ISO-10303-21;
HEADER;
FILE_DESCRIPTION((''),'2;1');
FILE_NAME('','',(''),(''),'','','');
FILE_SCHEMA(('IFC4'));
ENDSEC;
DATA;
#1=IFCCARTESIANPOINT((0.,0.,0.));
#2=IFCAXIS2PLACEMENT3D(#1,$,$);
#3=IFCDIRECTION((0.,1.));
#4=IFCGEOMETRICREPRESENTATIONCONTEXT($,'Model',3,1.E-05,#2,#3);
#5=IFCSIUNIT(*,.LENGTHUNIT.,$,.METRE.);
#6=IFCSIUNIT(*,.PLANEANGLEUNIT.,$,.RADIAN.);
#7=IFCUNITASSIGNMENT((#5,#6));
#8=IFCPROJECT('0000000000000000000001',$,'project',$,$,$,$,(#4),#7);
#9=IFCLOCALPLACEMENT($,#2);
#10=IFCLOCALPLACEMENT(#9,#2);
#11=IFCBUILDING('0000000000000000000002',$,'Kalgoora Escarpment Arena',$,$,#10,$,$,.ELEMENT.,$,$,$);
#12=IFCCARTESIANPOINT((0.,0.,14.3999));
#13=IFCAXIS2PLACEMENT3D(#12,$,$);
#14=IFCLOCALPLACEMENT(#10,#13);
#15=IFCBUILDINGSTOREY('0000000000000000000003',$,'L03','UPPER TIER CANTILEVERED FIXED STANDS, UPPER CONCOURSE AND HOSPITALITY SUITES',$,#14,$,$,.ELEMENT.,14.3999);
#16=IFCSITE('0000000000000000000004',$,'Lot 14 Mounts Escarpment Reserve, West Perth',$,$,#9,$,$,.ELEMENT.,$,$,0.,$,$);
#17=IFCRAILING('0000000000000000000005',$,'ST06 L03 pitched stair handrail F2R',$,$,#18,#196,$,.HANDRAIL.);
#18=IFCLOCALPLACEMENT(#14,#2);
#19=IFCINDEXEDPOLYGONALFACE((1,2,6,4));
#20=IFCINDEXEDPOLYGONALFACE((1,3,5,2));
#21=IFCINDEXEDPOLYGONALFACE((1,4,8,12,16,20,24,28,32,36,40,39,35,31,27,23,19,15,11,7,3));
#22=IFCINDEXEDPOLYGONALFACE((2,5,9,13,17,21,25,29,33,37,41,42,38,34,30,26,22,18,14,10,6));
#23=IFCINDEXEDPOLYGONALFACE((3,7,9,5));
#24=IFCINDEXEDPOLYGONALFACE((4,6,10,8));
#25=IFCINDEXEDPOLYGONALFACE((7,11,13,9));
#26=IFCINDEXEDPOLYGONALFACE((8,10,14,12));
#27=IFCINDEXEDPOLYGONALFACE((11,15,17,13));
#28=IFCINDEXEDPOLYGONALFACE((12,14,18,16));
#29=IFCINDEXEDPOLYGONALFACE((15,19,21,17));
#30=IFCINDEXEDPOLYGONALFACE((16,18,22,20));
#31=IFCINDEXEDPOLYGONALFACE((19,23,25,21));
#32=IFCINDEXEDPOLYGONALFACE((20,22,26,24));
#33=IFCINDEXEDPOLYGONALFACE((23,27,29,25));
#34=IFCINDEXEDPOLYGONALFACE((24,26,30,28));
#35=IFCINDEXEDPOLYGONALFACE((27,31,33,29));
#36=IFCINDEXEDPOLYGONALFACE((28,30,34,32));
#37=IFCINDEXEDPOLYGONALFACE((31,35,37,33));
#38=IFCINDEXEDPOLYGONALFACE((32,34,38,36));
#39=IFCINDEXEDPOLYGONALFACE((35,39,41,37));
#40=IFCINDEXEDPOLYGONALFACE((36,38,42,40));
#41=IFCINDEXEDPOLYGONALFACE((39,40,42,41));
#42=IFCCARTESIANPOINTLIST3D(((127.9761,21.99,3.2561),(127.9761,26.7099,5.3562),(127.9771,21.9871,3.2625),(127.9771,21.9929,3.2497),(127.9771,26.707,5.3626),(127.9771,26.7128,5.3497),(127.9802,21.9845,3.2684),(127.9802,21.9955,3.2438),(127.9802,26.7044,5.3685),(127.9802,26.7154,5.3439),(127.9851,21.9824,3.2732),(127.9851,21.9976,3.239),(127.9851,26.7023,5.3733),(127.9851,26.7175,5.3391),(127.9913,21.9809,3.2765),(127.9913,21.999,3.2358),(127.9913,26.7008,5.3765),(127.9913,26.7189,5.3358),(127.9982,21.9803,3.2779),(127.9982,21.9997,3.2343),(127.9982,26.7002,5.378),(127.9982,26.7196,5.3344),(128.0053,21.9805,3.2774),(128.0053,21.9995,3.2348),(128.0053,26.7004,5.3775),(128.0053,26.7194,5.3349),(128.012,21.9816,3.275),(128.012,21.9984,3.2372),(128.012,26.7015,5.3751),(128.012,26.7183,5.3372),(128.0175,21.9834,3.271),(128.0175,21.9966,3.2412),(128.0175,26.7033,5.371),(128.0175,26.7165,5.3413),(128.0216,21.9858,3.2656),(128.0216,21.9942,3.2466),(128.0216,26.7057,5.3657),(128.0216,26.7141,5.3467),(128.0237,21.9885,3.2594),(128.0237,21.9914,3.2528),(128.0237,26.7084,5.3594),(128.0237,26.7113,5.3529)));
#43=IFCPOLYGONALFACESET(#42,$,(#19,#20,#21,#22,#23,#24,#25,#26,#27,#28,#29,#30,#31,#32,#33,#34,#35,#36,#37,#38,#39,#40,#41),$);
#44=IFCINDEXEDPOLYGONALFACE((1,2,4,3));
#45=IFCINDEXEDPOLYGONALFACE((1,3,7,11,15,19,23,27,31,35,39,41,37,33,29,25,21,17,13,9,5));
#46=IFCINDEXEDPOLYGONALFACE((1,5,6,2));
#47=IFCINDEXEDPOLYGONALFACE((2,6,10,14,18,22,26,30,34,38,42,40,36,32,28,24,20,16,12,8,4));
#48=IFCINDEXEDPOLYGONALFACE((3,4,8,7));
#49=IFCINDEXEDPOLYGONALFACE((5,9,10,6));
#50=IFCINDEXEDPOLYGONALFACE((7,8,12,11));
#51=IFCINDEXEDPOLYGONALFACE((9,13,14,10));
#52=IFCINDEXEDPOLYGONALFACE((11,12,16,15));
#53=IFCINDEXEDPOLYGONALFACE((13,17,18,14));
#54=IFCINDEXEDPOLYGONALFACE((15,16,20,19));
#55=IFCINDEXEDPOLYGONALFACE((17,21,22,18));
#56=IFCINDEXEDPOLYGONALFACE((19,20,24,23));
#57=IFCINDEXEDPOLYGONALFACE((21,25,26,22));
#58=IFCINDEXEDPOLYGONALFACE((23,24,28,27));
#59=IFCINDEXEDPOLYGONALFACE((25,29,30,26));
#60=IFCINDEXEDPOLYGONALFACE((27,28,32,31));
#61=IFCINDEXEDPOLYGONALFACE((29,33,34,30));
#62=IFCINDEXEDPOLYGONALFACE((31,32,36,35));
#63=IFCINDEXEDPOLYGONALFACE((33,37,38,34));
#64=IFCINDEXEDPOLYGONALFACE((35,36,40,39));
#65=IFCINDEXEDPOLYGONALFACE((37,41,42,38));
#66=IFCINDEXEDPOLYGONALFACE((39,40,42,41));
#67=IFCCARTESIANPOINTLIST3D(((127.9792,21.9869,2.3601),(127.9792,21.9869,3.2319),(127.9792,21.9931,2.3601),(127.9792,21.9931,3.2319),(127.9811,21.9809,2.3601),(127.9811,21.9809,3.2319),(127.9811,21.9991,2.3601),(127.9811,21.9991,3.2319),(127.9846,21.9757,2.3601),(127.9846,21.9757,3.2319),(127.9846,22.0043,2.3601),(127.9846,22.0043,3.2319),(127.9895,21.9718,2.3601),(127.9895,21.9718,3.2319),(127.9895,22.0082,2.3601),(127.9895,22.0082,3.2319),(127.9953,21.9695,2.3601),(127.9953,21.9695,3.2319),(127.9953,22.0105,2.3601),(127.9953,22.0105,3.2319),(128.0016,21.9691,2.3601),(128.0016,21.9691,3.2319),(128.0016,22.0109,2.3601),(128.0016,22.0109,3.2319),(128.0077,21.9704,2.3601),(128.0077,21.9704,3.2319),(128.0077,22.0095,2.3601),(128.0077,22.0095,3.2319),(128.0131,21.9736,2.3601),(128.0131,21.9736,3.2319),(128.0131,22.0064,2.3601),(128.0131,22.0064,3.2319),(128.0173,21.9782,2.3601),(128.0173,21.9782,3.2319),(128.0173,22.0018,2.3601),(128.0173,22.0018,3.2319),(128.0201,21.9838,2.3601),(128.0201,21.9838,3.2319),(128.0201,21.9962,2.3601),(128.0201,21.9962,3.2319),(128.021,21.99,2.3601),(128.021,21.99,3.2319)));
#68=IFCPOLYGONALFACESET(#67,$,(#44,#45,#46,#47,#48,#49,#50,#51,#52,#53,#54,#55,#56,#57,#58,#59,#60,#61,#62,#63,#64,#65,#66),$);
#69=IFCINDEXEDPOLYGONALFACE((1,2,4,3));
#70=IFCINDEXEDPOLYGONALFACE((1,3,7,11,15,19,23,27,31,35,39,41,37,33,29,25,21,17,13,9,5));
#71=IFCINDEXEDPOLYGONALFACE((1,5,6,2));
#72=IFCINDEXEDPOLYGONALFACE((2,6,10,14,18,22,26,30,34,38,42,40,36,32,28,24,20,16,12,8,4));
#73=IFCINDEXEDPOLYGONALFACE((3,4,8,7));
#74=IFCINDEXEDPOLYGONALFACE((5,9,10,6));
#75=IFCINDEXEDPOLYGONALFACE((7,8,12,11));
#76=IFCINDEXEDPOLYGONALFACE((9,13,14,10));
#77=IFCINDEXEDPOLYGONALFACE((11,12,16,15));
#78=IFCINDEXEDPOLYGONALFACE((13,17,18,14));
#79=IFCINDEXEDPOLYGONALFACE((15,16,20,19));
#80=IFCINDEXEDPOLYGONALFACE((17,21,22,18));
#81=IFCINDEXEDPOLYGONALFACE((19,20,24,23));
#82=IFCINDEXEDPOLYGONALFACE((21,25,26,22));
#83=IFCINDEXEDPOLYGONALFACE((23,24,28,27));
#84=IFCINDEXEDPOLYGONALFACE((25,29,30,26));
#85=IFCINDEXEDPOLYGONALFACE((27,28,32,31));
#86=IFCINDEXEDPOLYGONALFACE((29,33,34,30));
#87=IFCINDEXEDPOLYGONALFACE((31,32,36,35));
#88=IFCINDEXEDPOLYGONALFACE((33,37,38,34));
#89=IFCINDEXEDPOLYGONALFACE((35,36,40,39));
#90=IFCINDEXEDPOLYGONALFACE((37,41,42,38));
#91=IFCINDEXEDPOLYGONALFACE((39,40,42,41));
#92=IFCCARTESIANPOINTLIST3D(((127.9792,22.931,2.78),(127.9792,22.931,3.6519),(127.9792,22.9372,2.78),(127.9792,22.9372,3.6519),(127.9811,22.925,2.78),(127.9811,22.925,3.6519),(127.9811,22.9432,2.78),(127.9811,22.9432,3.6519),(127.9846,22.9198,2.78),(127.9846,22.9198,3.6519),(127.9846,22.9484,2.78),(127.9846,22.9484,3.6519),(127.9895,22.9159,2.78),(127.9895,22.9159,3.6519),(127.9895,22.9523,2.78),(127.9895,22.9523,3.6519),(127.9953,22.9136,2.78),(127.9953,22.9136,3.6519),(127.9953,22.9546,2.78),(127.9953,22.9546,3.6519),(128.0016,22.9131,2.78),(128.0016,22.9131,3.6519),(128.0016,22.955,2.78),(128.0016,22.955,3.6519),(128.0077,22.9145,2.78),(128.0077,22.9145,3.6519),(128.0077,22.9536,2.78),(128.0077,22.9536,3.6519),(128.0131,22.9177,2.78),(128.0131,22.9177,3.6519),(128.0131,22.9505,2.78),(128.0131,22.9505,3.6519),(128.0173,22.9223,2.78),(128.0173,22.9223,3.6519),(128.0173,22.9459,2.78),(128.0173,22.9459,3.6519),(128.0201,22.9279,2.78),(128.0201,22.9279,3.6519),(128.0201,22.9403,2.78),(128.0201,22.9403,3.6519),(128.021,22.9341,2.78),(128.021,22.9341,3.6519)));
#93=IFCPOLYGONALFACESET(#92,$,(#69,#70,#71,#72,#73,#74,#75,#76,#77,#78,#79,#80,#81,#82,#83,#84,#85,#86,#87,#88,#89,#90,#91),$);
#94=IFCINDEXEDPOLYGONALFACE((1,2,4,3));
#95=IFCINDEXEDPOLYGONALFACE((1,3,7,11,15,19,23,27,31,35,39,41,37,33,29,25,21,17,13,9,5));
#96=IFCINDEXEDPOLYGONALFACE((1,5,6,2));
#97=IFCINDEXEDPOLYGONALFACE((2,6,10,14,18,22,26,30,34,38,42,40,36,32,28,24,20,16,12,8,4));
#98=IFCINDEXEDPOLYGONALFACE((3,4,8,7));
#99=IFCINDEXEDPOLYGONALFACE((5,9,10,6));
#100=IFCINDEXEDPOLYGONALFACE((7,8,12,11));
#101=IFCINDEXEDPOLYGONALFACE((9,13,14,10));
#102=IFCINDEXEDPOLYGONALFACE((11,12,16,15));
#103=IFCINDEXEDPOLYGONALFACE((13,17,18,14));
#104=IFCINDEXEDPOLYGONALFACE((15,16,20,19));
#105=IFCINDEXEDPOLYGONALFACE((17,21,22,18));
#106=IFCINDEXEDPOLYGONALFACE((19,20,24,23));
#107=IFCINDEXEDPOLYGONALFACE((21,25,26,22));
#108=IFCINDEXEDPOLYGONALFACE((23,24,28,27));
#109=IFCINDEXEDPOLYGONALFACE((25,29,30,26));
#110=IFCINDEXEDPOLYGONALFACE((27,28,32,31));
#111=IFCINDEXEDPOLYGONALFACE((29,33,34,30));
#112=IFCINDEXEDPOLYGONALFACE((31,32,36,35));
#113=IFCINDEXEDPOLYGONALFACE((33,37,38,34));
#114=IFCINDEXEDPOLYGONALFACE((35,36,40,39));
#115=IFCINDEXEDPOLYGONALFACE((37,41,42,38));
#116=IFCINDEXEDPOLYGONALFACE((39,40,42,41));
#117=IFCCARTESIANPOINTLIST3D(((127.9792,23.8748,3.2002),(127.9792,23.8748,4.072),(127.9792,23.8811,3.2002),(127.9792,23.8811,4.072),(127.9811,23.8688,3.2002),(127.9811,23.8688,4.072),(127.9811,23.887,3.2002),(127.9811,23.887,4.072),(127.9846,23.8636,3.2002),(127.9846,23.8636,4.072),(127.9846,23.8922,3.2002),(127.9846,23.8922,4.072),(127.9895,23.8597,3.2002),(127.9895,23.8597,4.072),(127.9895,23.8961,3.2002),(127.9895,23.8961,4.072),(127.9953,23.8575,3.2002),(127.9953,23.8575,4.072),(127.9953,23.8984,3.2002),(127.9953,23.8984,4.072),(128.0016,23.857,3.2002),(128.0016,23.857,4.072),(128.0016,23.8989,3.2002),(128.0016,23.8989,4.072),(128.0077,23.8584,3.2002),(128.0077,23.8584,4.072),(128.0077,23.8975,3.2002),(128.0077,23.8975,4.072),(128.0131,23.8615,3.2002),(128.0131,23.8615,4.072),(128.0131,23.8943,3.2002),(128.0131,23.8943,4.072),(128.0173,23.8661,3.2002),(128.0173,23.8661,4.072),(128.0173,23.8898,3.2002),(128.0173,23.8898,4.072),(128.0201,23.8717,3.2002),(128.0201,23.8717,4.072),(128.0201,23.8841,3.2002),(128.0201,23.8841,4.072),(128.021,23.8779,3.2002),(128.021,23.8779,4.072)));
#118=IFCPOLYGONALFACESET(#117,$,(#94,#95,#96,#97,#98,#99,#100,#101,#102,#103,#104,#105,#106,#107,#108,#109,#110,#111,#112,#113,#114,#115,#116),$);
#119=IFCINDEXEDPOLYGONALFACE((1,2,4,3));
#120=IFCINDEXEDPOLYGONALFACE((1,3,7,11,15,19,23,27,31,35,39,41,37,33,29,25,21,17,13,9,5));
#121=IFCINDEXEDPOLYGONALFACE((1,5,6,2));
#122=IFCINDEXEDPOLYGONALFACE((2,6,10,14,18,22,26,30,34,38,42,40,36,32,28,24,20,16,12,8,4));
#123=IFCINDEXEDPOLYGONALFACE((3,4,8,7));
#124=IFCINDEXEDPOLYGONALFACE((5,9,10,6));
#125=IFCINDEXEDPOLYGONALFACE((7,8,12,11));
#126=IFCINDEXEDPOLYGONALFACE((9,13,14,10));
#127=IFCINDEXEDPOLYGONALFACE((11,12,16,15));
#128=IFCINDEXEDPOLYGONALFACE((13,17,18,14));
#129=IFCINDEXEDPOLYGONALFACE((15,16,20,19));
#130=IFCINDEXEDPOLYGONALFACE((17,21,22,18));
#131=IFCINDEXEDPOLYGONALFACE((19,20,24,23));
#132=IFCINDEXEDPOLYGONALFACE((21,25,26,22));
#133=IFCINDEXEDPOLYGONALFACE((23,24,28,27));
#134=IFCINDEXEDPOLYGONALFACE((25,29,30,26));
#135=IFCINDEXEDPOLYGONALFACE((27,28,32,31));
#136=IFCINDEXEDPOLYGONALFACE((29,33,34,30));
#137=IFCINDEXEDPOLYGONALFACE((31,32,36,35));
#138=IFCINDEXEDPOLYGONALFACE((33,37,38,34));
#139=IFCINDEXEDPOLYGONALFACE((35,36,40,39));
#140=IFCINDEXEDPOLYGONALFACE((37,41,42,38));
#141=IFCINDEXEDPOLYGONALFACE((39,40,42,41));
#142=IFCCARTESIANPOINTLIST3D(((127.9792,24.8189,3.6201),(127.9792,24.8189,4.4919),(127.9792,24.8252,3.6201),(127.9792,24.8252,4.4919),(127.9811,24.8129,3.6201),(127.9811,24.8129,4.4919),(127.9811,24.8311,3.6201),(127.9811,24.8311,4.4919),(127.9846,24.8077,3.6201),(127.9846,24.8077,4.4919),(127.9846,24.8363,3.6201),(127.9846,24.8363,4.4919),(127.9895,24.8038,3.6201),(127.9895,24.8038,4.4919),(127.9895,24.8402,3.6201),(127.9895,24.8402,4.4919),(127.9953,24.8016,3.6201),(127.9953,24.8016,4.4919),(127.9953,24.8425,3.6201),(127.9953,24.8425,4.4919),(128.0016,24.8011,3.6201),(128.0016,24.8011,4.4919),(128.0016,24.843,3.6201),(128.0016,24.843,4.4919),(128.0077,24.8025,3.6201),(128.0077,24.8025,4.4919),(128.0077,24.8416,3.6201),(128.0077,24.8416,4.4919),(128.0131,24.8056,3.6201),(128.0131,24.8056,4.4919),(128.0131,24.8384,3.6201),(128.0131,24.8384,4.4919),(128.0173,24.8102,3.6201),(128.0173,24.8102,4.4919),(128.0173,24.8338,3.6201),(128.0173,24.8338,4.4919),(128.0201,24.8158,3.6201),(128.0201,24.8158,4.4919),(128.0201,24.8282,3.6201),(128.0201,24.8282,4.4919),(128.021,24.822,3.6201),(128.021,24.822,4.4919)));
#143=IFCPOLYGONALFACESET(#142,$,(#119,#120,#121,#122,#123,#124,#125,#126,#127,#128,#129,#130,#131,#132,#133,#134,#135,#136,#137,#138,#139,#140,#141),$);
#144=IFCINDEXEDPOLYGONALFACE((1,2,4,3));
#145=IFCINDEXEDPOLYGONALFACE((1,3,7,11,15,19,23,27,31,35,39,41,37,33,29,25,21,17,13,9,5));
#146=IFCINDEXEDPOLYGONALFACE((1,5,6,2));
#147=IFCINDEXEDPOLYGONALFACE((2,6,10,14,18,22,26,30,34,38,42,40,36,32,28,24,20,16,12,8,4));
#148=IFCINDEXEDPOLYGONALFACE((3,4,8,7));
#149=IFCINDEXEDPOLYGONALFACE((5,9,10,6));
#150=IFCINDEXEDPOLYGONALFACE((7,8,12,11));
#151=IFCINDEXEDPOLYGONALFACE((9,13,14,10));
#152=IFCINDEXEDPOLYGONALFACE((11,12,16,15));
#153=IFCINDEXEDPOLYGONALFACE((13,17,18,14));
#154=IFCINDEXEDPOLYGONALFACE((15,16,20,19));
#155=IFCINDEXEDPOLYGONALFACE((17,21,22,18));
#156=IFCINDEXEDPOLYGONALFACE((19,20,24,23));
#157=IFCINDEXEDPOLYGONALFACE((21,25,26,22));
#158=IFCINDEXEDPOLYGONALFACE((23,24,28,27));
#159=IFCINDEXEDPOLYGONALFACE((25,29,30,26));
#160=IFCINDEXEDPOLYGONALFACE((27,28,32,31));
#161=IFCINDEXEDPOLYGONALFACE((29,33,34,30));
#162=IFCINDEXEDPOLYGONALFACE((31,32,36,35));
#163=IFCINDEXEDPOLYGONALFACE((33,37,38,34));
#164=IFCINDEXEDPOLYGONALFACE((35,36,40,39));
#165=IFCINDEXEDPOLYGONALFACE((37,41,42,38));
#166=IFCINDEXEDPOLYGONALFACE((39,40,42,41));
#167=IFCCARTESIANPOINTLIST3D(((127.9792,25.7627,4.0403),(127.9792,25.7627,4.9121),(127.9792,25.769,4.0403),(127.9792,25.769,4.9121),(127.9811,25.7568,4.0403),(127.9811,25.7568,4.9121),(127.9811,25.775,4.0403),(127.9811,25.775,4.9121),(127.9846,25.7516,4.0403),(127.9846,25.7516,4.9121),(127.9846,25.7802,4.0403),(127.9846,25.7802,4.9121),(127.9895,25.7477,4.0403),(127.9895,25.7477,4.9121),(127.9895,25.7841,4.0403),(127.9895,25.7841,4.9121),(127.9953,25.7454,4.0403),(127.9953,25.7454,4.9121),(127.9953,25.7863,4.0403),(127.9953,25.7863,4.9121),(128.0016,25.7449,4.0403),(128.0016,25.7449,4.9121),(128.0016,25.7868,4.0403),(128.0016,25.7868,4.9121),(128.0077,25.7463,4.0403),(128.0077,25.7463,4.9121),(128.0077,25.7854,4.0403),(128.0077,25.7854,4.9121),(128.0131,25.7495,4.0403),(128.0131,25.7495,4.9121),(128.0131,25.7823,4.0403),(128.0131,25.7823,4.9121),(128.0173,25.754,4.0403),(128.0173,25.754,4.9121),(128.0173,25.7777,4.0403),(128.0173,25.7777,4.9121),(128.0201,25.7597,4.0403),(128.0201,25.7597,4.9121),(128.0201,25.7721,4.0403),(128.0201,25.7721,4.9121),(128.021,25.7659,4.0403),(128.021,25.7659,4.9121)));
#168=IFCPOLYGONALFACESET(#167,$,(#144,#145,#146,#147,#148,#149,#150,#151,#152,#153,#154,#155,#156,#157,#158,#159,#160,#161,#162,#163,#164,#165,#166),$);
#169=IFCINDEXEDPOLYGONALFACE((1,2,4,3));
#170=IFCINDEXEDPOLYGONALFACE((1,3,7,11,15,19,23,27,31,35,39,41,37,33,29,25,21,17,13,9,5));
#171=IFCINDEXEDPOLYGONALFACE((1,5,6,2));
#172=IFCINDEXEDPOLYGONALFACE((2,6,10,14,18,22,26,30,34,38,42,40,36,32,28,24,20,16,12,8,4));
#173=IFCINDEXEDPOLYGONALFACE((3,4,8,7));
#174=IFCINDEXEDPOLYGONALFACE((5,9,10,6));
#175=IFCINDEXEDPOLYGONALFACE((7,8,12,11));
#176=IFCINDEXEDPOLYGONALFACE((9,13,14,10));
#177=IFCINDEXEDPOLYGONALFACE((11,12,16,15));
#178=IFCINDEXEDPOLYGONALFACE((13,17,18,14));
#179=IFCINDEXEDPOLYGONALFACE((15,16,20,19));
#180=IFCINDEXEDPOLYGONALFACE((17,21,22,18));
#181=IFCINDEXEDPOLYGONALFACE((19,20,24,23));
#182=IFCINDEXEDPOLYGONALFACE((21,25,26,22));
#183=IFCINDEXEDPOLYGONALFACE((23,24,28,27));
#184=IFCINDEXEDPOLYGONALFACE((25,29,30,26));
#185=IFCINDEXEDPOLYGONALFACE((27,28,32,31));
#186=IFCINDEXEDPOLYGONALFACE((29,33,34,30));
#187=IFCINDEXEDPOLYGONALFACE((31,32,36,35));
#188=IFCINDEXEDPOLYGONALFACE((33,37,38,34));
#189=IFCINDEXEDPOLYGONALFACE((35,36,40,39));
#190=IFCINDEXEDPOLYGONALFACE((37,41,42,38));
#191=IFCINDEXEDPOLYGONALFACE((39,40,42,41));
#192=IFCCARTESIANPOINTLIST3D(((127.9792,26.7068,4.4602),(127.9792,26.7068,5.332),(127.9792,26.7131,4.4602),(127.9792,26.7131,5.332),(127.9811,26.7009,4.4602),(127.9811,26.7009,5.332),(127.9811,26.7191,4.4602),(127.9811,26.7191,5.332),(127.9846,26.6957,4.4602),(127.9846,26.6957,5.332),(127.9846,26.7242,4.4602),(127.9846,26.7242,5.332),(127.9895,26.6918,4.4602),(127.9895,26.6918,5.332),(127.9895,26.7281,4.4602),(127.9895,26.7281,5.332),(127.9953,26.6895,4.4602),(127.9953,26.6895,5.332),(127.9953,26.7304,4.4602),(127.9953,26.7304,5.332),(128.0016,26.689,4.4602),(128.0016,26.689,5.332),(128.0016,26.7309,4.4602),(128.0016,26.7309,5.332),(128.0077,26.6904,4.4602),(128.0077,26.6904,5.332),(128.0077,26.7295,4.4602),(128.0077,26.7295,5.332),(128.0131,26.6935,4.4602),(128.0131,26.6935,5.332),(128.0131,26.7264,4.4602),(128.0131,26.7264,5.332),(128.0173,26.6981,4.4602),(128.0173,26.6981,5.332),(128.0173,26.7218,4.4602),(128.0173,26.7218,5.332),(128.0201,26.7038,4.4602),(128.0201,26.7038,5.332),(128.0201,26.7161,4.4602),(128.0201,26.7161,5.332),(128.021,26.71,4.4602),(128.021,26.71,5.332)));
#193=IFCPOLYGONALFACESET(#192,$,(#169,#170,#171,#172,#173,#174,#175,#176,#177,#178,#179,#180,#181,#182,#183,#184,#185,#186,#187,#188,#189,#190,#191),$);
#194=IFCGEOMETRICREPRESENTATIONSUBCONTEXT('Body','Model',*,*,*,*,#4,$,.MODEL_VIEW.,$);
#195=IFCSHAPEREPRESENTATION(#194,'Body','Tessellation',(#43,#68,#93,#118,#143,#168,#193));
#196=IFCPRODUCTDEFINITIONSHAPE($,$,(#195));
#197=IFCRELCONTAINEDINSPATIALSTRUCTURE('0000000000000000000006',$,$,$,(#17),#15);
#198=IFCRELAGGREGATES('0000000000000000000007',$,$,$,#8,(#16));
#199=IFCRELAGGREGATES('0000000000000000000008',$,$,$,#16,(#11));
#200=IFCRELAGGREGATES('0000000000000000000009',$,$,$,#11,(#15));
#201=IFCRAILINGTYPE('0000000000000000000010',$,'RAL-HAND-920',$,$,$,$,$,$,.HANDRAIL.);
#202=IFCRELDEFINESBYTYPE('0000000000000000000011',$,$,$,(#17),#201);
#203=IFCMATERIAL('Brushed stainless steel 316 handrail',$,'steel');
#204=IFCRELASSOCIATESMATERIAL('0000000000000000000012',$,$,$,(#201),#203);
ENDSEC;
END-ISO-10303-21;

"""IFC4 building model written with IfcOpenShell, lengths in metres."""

from ifc_helpers import new_model, si_unit, direction, frame, origin, origin_2d, place, context, subcontext, project, spatial, circle, extrude, material, type_object, element, save


model = new_model("IFC4")

# Units and contexts
model_context = context("Model", 3, precision=1e-05, world=origin(), true_north=direction((0.0, 1.0)))
body_context = subcontext(model_context, "Body", "Model", "MODEL_VIEW")
ifc_project = project(units=[si_unit("LENGTHUNIT", "METRE"), si_unit("PLANEANGLEUNIT", "RADIAN")], contexts=[model_context])

# Site, building, storey
site_placement = place(None, origin())
site = spatial("IfcSite", under=ifc_project, at=site_placement, Name="Lot 14 Mounts Escarpment Reserve, West Perth", CompositionType="ELEMENT", RefElevation=0.0)
building_placement = place(site_placement, origin())
building = spatial("IfcBuilding", under=site, at=building_placement, Name="Kalgoora Escarpment Arena", CompositionType="ELEMENT")
storey_placement = place(building_placement, frame((0.0, 0.0, 14.3999)))
storey = spatial("IfcBuildingStorey", under=building, at=storey_placement, Name="L03", Description="UPPER TIER CANTILEVERED FIXED STANDS, UPPER CONCOURSE AND HOSPITALITY SUITES", CompositionType="ELEMENT", Elevation=14.3999)

# Railing
ifc_material_1 = material(Name="Brushed stainless steel 316 handrail", Category="steel")
railing_type_1 = type_object("IfcRailingType", Name="RAL-HAND-920", PredefinedType="HANDRAIL", material=ifc_material_1)
railing_1_placement = place(storey_placement, frame((128.0, 21.99, 2.3601)))
element("IfcRailing", 1, at=railing_1_placement, inside=storey, type_object=railing_type_1, Name="ST06 L03 pitched stair handrail F2R", PredefinedType="HANDRAIL", context=body_context, shape_type="SweptSolid", body=[
    extrude(circle(Radius=0.0239, at=origin_2d()), frame((0.0, 0.0, 0.896), z_axis=(0.0, 0.913644, 0.406516), x_axis=(-1.0, 0.0, 0.0)), (0.0, 0.0, 1.0), 5.166),
    extrude(circle(Radius=0.021, at=origin_2d()), origin(), (0.0, 0.0, 1.0), 0.8718),
    extrude(circle(Radius=0.021, at=origin_2d()), frame((0.0, 0.9441, 0.4199)), (0.0, 0.0, 1.0), 0.8718),
    extrude(circle(Radius=0.021, at=origin_2d()), frame((0.0, 1.8879, 0.8401)), (0.0, 0.0, 1.0), 0.8718),
    extrude(circle(Radius=0.021, at=origin_2d()), frame((0.0, 2.832, 1.26)), (0.0, 0.0, 1.0), 0.8718),
    extrude(circle(Radius=0.021, at=origin_2d()), frame((0.0, 3.7759, 1.6802)), (0.0, 0.0, 1.0), 0.8718),
    extrude(circle(Radius=0.021, at=origin_2d()), frame((0.0, 4.72, 2.1001)), (0.0, 0.0, 1.0), 0.8718),
])

save(model, "model.ifc")
